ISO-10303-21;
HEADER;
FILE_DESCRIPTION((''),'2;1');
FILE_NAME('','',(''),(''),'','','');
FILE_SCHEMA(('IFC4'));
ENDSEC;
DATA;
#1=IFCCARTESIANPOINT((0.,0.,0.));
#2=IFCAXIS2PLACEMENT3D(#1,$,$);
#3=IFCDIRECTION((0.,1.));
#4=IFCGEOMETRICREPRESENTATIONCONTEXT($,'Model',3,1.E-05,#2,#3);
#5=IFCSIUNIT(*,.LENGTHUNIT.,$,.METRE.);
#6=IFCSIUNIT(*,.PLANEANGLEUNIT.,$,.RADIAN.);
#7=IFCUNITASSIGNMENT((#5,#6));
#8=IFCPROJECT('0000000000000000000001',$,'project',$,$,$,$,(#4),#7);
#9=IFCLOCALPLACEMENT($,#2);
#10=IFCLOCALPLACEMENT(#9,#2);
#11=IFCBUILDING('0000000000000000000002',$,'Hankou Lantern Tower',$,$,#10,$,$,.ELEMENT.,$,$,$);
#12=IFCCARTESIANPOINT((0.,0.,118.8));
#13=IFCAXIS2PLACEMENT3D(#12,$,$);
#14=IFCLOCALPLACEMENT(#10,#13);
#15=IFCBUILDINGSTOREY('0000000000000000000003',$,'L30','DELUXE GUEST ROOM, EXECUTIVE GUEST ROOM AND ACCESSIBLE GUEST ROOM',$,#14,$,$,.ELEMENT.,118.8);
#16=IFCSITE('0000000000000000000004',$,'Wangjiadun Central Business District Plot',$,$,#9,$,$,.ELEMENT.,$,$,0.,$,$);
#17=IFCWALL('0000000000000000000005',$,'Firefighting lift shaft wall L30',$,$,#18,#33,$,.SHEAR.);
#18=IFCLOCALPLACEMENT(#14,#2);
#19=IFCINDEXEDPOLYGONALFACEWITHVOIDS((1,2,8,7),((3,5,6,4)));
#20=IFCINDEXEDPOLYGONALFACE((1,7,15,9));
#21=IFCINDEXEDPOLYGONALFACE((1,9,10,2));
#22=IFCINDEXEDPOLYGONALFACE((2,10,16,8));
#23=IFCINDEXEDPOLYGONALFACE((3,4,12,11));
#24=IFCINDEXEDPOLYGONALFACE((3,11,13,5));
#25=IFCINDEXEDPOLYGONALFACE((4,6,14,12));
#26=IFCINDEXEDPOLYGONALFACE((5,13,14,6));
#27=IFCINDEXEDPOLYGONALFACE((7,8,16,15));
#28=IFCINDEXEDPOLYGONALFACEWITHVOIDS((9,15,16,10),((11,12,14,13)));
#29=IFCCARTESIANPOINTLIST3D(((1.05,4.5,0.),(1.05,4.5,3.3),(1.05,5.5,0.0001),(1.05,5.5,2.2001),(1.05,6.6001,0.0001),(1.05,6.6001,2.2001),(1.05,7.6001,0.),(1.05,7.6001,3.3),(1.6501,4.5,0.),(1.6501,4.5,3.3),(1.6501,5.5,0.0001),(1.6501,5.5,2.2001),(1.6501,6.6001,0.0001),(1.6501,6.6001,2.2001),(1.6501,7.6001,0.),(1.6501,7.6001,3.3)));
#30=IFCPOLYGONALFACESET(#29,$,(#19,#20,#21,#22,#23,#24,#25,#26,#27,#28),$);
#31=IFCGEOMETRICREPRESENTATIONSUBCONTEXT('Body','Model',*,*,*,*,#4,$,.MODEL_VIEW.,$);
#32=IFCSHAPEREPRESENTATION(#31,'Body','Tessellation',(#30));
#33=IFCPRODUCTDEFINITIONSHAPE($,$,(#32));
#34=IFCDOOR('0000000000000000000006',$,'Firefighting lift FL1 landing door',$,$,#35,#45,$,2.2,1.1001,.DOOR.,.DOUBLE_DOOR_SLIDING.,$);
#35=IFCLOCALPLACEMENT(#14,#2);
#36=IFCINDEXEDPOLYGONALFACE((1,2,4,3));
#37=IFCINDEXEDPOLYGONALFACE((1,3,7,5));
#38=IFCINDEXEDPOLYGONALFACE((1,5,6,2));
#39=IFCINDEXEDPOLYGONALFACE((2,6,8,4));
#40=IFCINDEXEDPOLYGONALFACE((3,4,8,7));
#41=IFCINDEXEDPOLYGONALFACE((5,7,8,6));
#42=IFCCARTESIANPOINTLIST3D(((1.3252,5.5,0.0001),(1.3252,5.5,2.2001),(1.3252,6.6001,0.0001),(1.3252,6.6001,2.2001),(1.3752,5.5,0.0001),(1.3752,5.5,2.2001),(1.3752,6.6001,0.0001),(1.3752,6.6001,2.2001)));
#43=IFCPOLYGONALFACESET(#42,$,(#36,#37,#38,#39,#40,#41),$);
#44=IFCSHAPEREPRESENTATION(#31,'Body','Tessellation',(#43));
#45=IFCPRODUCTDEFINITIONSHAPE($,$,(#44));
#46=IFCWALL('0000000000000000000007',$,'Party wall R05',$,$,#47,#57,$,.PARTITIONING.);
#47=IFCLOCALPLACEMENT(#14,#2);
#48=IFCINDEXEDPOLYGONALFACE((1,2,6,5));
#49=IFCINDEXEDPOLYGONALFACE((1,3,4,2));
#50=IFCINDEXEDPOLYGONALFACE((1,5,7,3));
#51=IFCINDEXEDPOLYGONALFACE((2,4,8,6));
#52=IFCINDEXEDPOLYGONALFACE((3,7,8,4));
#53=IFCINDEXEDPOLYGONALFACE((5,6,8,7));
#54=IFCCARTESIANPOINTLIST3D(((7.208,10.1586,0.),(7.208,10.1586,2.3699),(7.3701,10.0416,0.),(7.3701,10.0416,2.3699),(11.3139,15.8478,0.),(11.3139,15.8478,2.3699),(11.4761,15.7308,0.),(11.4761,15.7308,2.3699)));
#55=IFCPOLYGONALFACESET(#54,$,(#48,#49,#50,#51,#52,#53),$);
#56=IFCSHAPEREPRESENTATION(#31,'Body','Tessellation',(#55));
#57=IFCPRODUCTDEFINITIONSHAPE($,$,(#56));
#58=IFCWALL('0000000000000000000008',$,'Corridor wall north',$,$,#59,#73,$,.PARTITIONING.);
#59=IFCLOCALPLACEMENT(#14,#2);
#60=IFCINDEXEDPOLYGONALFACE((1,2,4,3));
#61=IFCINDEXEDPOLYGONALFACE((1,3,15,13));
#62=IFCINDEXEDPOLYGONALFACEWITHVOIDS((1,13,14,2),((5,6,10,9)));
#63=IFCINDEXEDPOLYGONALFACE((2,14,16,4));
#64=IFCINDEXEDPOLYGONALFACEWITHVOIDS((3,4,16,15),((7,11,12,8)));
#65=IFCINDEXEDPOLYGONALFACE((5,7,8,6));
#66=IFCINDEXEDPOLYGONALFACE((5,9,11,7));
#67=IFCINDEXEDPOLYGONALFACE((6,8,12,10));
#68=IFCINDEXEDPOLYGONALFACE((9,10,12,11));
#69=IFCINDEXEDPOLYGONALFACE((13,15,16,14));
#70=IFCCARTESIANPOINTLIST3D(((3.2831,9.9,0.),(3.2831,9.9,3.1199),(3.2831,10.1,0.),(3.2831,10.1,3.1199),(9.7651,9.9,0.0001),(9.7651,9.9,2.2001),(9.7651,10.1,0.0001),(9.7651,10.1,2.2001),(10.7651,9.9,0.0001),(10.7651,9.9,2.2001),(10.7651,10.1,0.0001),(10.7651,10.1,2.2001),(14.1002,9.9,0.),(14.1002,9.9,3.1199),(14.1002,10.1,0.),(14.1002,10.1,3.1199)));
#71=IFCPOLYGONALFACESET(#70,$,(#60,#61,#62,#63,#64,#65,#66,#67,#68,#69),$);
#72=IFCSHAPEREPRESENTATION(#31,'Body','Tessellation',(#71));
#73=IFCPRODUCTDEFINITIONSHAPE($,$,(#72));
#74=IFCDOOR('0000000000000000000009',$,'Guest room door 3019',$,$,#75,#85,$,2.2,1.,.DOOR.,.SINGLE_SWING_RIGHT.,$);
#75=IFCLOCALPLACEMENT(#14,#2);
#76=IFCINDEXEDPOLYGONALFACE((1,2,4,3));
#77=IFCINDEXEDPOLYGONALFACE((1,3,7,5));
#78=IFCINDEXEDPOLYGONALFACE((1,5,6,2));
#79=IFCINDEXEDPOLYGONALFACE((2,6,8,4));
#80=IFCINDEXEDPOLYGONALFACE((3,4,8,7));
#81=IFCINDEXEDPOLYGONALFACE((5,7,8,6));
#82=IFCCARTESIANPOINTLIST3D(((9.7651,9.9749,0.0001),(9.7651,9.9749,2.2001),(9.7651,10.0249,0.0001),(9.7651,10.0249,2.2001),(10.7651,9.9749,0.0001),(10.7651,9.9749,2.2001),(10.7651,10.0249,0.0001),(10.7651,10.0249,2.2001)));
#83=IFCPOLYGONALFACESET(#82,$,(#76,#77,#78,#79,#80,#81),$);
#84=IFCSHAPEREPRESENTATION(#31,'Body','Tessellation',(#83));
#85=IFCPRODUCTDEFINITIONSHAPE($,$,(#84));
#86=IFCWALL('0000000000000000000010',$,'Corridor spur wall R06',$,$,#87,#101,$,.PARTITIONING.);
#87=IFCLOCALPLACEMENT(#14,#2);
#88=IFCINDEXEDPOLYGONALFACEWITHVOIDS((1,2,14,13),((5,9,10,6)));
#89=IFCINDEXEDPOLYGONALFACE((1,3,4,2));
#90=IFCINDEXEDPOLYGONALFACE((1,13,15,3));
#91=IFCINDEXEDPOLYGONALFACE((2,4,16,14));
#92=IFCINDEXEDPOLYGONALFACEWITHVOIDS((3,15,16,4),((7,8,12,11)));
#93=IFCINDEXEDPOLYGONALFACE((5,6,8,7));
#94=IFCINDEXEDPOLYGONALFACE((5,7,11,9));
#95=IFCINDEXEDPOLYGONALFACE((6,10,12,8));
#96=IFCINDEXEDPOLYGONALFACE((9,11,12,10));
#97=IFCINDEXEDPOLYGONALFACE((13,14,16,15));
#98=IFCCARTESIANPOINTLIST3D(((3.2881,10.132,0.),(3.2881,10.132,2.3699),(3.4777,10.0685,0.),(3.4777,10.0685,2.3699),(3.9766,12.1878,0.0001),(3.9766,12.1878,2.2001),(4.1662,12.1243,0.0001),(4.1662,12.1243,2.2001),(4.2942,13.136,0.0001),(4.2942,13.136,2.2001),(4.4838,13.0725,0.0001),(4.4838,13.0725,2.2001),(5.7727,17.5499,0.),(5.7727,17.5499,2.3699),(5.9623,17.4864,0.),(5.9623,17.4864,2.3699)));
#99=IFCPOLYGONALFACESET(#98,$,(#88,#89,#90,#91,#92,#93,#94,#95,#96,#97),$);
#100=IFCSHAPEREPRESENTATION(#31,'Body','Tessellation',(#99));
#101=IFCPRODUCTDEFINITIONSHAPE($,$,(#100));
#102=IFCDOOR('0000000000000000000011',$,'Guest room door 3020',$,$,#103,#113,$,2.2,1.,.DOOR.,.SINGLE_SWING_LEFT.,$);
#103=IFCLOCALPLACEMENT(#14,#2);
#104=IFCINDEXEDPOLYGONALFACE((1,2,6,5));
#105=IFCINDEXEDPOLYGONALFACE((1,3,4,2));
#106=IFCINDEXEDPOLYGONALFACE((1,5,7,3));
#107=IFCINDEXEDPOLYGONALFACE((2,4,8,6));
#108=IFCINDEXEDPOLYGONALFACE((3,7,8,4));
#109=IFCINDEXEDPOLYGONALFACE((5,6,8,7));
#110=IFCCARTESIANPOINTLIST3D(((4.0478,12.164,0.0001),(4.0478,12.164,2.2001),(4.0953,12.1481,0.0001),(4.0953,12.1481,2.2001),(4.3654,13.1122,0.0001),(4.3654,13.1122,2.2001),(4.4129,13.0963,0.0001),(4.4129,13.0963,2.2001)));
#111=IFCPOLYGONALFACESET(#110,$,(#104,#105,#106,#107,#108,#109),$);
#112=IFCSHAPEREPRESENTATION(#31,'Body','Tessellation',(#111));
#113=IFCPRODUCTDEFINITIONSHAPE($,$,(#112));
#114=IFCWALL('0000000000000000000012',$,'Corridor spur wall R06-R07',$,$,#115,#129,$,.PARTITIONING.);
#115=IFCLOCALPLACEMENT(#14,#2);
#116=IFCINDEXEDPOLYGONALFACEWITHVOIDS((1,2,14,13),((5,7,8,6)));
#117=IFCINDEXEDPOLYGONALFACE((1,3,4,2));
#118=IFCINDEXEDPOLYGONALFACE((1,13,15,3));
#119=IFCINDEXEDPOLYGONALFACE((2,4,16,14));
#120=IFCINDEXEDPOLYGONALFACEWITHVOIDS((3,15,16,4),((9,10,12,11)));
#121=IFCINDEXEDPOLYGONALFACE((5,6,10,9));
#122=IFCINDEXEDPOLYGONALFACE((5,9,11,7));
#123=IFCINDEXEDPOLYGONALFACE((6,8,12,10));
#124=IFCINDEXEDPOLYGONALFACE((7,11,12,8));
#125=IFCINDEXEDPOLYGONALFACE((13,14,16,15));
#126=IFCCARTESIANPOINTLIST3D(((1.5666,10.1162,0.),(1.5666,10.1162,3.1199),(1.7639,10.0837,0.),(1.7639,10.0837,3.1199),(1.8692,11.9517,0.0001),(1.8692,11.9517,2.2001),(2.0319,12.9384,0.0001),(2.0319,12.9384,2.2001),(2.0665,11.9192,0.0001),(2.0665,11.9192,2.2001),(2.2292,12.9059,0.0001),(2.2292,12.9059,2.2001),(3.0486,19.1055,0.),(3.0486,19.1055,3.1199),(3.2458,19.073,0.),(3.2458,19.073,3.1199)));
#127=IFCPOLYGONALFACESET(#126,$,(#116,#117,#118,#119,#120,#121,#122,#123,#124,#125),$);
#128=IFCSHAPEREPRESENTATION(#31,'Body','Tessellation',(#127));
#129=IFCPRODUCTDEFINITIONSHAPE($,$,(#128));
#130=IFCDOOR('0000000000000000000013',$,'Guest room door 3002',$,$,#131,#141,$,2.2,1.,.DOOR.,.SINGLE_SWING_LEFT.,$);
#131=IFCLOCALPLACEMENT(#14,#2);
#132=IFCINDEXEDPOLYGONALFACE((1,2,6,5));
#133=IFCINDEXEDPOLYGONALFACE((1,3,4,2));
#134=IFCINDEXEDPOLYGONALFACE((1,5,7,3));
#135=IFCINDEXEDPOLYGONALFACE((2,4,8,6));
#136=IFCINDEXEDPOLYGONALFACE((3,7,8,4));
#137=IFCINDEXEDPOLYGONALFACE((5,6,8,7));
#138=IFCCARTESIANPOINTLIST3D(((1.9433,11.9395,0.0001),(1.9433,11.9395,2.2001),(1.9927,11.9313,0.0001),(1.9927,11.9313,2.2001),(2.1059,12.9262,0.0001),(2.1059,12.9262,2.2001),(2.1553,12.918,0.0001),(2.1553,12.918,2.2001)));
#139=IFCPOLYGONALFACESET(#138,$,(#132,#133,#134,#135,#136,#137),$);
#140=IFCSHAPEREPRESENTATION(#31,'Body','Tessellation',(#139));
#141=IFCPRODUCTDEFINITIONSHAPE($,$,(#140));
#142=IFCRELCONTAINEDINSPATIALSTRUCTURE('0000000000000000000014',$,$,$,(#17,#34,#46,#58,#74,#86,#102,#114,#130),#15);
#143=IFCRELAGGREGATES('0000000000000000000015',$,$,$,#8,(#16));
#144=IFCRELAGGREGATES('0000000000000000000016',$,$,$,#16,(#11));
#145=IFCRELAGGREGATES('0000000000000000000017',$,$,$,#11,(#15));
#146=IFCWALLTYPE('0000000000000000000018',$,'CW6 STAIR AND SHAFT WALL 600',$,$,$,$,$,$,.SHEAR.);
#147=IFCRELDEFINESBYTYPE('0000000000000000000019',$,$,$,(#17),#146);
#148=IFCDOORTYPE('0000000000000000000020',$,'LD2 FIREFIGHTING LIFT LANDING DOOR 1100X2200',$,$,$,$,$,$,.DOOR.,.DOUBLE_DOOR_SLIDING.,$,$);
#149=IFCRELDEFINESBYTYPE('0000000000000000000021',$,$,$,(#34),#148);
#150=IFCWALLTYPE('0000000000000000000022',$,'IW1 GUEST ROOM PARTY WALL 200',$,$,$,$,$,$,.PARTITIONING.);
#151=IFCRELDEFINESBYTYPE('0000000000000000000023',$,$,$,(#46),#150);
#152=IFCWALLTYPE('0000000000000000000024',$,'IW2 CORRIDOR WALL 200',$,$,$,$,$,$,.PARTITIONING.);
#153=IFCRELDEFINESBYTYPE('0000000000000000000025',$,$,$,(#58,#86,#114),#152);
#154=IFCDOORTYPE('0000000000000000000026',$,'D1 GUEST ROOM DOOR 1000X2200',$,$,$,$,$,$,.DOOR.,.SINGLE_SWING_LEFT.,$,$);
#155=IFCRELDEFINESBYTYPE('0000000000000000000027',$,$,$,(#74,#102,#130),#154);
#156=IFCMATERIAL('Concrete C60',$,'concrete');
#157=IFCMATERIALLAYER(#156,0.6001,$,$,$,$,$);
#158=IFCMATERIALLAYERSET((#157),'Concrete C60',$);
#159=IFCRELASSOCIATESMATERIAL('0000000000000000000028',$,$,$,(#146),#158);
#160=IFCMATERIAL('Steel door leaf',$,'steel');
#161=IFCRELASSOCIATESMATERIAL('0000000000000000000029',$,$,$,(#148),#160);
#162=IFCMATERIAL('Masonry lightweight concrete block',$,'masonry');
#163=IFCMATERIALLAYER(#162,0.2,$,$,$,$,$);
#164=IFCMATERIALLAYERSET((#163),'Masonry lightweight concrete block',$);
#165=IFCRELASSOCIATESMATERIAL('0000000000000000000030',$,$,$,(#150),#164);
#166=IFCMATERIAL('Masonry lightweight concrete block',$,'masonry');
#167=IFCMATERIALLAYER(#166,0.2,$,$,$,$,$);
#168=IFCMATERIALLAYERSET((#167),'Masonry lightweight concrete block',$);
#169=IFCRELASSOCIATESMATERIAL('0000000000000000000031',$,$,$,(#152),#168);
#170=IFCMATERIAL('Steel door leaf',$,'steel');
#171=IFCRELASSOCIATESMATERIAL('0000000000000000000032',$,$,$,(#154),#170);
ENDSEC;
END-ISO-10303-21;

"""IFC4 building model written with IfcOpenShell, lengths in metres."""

from ifc_helpers import new_model, si_unit, direction, frame, frame_2d, origin, place, context, subcontext, project, spatial, rectangle, extrude, material, layer, layer_set, type_object, element, fill, save


model = new_model("IFC4")

# Units and contexts
model_context = context("Model", 3, precision=1e-05, world=origin(), true_north=direction((0.0, 1.0)))
body_context = subcontext(model_context, "Body", "Model", "MODEL_VIEW")
ifc_project = project(units=[si_unit("LENGTHUNIT", "METRE"), si_unit("PLANEANGLEUNIT", "RADIAN")], contexts=[model_context])

# Site, building, storey
site_placement = place(None, origin())
site = spatial("IfcSite", under=ifc_project, at=site_placement, Name="Wangjiadun Central Business District Plot", CompositionType="ELEMENT", RefElevation=0.0)
building_placement = place(site_placement, origin())
building = spatial("IfcBuilding", under=site, at=building_placement, Name="Hankou Lantern Tower", CompositionType="ELEMENT")
storey_placement = place(building_placement, frame((0.0, 0.0, 118.8)))
storey = spatial("IfcBuildingStorey", under=building, at=storey_placement, Name="L30", Description="DELUXE GUEST ROOM, EXECUTIVE GUEST ROOM AND ACCESSIBLE GUEST ROOM", CompositionType="ELEMENT", Elevation=118.8)

# Wall, opening, door
ifc_material_1 = material(Name="Concrete C60", Category="concrete")
ifc_layer_1 = layer(ifc_material_1, 0.6001)
ifc_layer_set_1 = layer_set([ifc_layer_1], Name="Concrete C60")
wall_type_1 = type_object("IfcWallType", Name="CW6 STAIR AND SHAFT WALL 600", PredefinedType="SHEAR", material=ifc_layer_set_1)
wall_1_placement = place(storey_placement, frame((1.3501, 4.5, 0.0), z_axis=(0.0, 0.0, 1.0), x_axis=(0.0, 1.0, 0.0)))
wall_1 = element("IfcWall", 1, at=wall_1_placement, inside=storey, type_object=wall_type_1, Name="Firefighting lift shaft wall L30", PredefinedType="SHEAR", context=body_context, shape_type="SweptSolid", body=[
    extrude(rectangle(XDim=3.1001, YDim=0.6001, at=frame_2d((1.55, 0.0))), origin(), (0.0, 0.0, 1.0), 3.3),
])
opening_1_placement = place(wall_1_placement, frame((1.0, 0.0, 0.0)))
opening_1 = element("IfcOpeningElement", 2, at=opening_1_placement, cuts=wall_1, PredefinedType="OPENING", context=body_context, shape_type="SweptSolid", body=[
    extrude(rectangle(XDim=1.1001, YDim=2.2, at=frame_2d((0.55, 1.1001))), frame((0.0, 0.3101, 0.0), z_axis=(0.0, -1.0, 0.0), x_axis=(1.0, 0.0, 0.0)), (0.0, 0.0, 1.0), 0.6201),
])
ifc_material_2 = material(Name="Steel door leaf", Category="steel")
door_type_1 = type_object("IfcDoorType", Name="LD2 FIREFIGHTING LIFT LANDING DOOR 1100X2200", OperationType="DOUBLE_DOOR_SLIDING", PredefinedType="DOOR", material=ifc_material_2)
door_1_placement = place(opening_1_placement, origin())
door_1 = element("IfcDoor", 3, at=door_1_placement, inside=storey, type_object=door_type_1, Name="Firefighting lift FL1 landing door", OperationType="DOUBLE_DOOR_SLIDING", OverallHeight=2.2, OverallWidth=1.1001, PredefinedType="DOOR", context=body_context, shape_type="SweptSolid", body=[
    extrude(rectangle(XDim=1.1001, YDim=2.2, at=frame_2d((0.55, 1.1001))), frame((0.0, 0.0249, 0.0), z_axis=(0.0, -1.0, 0.0), x_axis=(1.0, 0.0, 0.0)), (0.0, 0.0, 1.0), 0.05),
])
fill(opening_1, door_1)

# Wall
ifc_material_3 = material(Name="Masonry lightweight concrete block", Category="masonry")
ifc_layer_2 = layer(ifc_material_3, 0.2)
ifc_layer_set_2 = layer_set([ifc_layer_2], Name="Masonry lightweight concrete block")
wall_type_2 = type_object("IfcWallType", Name="IW1 GUEST ROOM PARTY WALL 200", PredefinedType="PARTITIONING", material=ifc_layer_set_2)
wall_2_placement = place(storey_placement, frame((7.2891, 10.1001, 0.0), z_axis=(0.0, 0.0, 1.0), x_axis=(0.585217, 0.810876, 0.0)))
element("IfcWall", 4, at=wall_2_placement, inside=storey, type_object=wall_type_2, Name="Party wall R05", PredefinedType="PARTITIONING", context=body_context, shape_type="SweptSolid", body=[
    extrude(rectangle(XDim=7.0161, YDim=0.2, at=frame_2d((3.5081, 0.0))), origin(), (0.0, 0.0, 1.0), 2.3699),
])

# Walls, openings, doors
ifc_material_4 = material(Name="Masonry lightweight concrete block", Category="masonry")
ifc_layer_3 = layer(ifc_material_4, 0.2)
ifc_layer_set_3 = layer_set([ifc_layer_3], Name="Masonry lightweight concrete block")
wall_type_3 = type_object("IfcWallType", Name="IW2 CORRIDOR WALL 200", PredefinedType="PARTITIONING", material=ifc_layer_set_3)
wall_3_placement = place(storey_placement, frame((3.283, 10.0, 0.0), z_axis=(0.0, 0.0, 1.0), x_axis=(1.0, 0.0, 0.0)))
wall_3 = element("IfcWall", 5, at=wall_3_placement, inside=storey, type_object=wall_type_3, Name="Corridor wall north", PredefinedType="PARTITIONING", context=body_context, shape_type="SweptSolid", body=[
    extrude(rectangle(XDim=10.8171, YDim=0.2, at=frame_2d((5.4087, 0.0))), origin(), (0.0, 0.0, 1.0), 3.1199),
])
opening_2_placement = place(wall_3_placement, frame((6.4822, 0.0, 0.0)))
opening_2 = element("IfcOpeningElement", 6, at=opening_2_placement, cuts=wall_3, PredefinedType="OPENING", context=body_context, shape_type="SweptSolid", body=[
    extrude(rectangle(XDim=1.0, YDim=2.2, at=frame_2d((0.5, 1.1001))), frame((0.0, 0.1099, 0.0), z_axis=(0.0, -1.0, 0.0), x_axis=(1.0, 0.0, 0.0)), (0.0, 0.0, 1.0), 0.22),
])
ifc_material_5 = material(Name="Steel door leaf", Category="steel")
door_type_2 = type_object("IfcDoorType", Name="D1 GUEST ROOM DOOR 1000X2200", OperationType="SINGLE_SWING_LEFT", PredefinedType="DOOR", material=ifc_material_5)
door_2_placement = place(opening_2_placement, origin())
door_2 = element("IfcDoor", 7, at=door_2_placement, inside=storey, type_object=door_type_2, Name="Guest room door 3019", OperationType="SINGLE_SWING_RIGHT", OverallHeight=2.2, OverallWidth=1.0, PredefinedType="DOOR", context=body_context, shape_type="SweptSolid", body=[
    extrude(rectangle(XDim=1.0, YDim=2.2, at=frame_2d((0.5, 1.1001))), frame((0.0, 0.0249, 0.0), z_axis=(0.0, -1.0, 0.0), x_axis=(1.0, 0.0, 0.0)), (0.0, 0.0, 1.0), 0.05),
])
fill(opening_2, door_2)
wall_4_placement = place(storey_placement, frame((3.3828, 10.1001, 0.0), z_axis=(0.0, 0.0, 1.0), x_axis=(0.317604, 0.948224, 0.0)))
wall_4 = element("IfcWall", 8, at=wall_4_placement, inside=storey, type_object=wall_type_3, Name="Corridor spur wall R06", PredefinedType="PARTITIONING", context=body_context, shape_type="SweptSolid", body=[
    extrude(rectangle(XDim=7.823, YDim=0.2, at=frame_2d((3.9116, 0.0))), origin(), (0.0, 0.0, 1.0), 2.3699),
])
opening_3_placement = place(wall_4_placement, frame((2.1682, 0.0, 0.0)))
opening_3 = element("IfcOpeningElement", 9, at=opening_3_placement, cuts=wall_4, PredefinedType="OPENING", context=body_context, shape_type="SweptSolid", body=[
    extrude(rectangle(XDim=1.0, YDim=2.2, at=frame_2d((0.5, 1.1001))), frame((0.0, 0.1099, 0.0), z_axis=(0.0, -1.0, 0.0), x_axis=(1.0, 0.0, 0.0)), (0.0, 0.0, 1.0), 0.22),
])
door_3_placement = place(opening_3_placement, origin())
door_3 = element("IfcDoor", 10, at=door_3_placement, inside=storey, type_object=door_type_2, Name="Guest room door 3020", OperationType="SINGLE_SWING_LEFT", OverallHeight=2.2, OverallWidth=1.0, PredefinedType="DOOR", context=body_context, shape_type="SweptSolid", body=[
    extrude(rectangle(XDim=1.0, YDim=2.2, at=frame_2d((0.5, 1.1001))), frame((0.0, 0.0249, 0.0), z_axis=(0.0, -1.0, 0.0), x_axis=(1.0, 0.0, 0.0)), (0.0, 0.0, 1.0), 0.05),
])
fill(opening_3, door_3)
wall_5_placement = place(storey_placement, frame((1.6653, 10.1001, 0.0), z_axis=(0.0, 0.0, 1.0), x_axis=(0.162661, 0.986682, 0.0)))
wall_5 = element("IfcWall", 11, at=wall_5_placement, inside=storey, type_object=wall_type_3, Name="Corridor spur wall R06-R07", PredefinedType="PARTITIONING", context=body_context, shape_type="SweptSolid", body=[
    extrude(rectangle(XDim=9.1106, YDim=0.2, at=frame_2d((4.5552, 0.0))), origin(), (0.0, 0.0, 1.0), 3.1199),
])
opening_4_placement = place(wall_5_placement, frame((1.8601, 0.0, 0.0)))
opening_4 = element("IfcOpeningElement", 12, at=opening_4_placement, cuts=wall_5, PredefinedType="OPENING", context=body_context, shape_type="SweptSolid", body=[
    extrude(rectangle(XDim=1.0, YDim=2.2, at=frame_2d((0.5, 1.1001))), frame((0.0, 0.1099, 0.0), z_axis=(0.0, -1.0, 0.0), x_axis=(1.0, 0.0, 0.0)), (0.0, 0.0, 1.0), 0.22),
])
door_4_placement = place(opening_4_placement, origin())
door_4 = element("IfcDoor", 13, at=door_4_placement, inside=storey, type_object=door_type_2, Name="Guest room door 3002", OperationType="SINGLE_SWING_LEFT", OverallHeight=2.2, OverallWidth=1.0, PredefinedType="DOOR", context=body_context, shape_type="SweptSolid", body=[
    extrude(rectangle(XDim=1.0, YDim=2.2, at=frame_2d((0.5, 1.1001))), frame((0.0, 0.0249, 0.0), z_axis=(0.0, -1.0, 0.0), x_axis=(1.0, 0.0, 0.0)), (0.0, 0.0, 1.0), 0.05),
])
fill(opening_4, door_4)

save(model, "model.ifc")
